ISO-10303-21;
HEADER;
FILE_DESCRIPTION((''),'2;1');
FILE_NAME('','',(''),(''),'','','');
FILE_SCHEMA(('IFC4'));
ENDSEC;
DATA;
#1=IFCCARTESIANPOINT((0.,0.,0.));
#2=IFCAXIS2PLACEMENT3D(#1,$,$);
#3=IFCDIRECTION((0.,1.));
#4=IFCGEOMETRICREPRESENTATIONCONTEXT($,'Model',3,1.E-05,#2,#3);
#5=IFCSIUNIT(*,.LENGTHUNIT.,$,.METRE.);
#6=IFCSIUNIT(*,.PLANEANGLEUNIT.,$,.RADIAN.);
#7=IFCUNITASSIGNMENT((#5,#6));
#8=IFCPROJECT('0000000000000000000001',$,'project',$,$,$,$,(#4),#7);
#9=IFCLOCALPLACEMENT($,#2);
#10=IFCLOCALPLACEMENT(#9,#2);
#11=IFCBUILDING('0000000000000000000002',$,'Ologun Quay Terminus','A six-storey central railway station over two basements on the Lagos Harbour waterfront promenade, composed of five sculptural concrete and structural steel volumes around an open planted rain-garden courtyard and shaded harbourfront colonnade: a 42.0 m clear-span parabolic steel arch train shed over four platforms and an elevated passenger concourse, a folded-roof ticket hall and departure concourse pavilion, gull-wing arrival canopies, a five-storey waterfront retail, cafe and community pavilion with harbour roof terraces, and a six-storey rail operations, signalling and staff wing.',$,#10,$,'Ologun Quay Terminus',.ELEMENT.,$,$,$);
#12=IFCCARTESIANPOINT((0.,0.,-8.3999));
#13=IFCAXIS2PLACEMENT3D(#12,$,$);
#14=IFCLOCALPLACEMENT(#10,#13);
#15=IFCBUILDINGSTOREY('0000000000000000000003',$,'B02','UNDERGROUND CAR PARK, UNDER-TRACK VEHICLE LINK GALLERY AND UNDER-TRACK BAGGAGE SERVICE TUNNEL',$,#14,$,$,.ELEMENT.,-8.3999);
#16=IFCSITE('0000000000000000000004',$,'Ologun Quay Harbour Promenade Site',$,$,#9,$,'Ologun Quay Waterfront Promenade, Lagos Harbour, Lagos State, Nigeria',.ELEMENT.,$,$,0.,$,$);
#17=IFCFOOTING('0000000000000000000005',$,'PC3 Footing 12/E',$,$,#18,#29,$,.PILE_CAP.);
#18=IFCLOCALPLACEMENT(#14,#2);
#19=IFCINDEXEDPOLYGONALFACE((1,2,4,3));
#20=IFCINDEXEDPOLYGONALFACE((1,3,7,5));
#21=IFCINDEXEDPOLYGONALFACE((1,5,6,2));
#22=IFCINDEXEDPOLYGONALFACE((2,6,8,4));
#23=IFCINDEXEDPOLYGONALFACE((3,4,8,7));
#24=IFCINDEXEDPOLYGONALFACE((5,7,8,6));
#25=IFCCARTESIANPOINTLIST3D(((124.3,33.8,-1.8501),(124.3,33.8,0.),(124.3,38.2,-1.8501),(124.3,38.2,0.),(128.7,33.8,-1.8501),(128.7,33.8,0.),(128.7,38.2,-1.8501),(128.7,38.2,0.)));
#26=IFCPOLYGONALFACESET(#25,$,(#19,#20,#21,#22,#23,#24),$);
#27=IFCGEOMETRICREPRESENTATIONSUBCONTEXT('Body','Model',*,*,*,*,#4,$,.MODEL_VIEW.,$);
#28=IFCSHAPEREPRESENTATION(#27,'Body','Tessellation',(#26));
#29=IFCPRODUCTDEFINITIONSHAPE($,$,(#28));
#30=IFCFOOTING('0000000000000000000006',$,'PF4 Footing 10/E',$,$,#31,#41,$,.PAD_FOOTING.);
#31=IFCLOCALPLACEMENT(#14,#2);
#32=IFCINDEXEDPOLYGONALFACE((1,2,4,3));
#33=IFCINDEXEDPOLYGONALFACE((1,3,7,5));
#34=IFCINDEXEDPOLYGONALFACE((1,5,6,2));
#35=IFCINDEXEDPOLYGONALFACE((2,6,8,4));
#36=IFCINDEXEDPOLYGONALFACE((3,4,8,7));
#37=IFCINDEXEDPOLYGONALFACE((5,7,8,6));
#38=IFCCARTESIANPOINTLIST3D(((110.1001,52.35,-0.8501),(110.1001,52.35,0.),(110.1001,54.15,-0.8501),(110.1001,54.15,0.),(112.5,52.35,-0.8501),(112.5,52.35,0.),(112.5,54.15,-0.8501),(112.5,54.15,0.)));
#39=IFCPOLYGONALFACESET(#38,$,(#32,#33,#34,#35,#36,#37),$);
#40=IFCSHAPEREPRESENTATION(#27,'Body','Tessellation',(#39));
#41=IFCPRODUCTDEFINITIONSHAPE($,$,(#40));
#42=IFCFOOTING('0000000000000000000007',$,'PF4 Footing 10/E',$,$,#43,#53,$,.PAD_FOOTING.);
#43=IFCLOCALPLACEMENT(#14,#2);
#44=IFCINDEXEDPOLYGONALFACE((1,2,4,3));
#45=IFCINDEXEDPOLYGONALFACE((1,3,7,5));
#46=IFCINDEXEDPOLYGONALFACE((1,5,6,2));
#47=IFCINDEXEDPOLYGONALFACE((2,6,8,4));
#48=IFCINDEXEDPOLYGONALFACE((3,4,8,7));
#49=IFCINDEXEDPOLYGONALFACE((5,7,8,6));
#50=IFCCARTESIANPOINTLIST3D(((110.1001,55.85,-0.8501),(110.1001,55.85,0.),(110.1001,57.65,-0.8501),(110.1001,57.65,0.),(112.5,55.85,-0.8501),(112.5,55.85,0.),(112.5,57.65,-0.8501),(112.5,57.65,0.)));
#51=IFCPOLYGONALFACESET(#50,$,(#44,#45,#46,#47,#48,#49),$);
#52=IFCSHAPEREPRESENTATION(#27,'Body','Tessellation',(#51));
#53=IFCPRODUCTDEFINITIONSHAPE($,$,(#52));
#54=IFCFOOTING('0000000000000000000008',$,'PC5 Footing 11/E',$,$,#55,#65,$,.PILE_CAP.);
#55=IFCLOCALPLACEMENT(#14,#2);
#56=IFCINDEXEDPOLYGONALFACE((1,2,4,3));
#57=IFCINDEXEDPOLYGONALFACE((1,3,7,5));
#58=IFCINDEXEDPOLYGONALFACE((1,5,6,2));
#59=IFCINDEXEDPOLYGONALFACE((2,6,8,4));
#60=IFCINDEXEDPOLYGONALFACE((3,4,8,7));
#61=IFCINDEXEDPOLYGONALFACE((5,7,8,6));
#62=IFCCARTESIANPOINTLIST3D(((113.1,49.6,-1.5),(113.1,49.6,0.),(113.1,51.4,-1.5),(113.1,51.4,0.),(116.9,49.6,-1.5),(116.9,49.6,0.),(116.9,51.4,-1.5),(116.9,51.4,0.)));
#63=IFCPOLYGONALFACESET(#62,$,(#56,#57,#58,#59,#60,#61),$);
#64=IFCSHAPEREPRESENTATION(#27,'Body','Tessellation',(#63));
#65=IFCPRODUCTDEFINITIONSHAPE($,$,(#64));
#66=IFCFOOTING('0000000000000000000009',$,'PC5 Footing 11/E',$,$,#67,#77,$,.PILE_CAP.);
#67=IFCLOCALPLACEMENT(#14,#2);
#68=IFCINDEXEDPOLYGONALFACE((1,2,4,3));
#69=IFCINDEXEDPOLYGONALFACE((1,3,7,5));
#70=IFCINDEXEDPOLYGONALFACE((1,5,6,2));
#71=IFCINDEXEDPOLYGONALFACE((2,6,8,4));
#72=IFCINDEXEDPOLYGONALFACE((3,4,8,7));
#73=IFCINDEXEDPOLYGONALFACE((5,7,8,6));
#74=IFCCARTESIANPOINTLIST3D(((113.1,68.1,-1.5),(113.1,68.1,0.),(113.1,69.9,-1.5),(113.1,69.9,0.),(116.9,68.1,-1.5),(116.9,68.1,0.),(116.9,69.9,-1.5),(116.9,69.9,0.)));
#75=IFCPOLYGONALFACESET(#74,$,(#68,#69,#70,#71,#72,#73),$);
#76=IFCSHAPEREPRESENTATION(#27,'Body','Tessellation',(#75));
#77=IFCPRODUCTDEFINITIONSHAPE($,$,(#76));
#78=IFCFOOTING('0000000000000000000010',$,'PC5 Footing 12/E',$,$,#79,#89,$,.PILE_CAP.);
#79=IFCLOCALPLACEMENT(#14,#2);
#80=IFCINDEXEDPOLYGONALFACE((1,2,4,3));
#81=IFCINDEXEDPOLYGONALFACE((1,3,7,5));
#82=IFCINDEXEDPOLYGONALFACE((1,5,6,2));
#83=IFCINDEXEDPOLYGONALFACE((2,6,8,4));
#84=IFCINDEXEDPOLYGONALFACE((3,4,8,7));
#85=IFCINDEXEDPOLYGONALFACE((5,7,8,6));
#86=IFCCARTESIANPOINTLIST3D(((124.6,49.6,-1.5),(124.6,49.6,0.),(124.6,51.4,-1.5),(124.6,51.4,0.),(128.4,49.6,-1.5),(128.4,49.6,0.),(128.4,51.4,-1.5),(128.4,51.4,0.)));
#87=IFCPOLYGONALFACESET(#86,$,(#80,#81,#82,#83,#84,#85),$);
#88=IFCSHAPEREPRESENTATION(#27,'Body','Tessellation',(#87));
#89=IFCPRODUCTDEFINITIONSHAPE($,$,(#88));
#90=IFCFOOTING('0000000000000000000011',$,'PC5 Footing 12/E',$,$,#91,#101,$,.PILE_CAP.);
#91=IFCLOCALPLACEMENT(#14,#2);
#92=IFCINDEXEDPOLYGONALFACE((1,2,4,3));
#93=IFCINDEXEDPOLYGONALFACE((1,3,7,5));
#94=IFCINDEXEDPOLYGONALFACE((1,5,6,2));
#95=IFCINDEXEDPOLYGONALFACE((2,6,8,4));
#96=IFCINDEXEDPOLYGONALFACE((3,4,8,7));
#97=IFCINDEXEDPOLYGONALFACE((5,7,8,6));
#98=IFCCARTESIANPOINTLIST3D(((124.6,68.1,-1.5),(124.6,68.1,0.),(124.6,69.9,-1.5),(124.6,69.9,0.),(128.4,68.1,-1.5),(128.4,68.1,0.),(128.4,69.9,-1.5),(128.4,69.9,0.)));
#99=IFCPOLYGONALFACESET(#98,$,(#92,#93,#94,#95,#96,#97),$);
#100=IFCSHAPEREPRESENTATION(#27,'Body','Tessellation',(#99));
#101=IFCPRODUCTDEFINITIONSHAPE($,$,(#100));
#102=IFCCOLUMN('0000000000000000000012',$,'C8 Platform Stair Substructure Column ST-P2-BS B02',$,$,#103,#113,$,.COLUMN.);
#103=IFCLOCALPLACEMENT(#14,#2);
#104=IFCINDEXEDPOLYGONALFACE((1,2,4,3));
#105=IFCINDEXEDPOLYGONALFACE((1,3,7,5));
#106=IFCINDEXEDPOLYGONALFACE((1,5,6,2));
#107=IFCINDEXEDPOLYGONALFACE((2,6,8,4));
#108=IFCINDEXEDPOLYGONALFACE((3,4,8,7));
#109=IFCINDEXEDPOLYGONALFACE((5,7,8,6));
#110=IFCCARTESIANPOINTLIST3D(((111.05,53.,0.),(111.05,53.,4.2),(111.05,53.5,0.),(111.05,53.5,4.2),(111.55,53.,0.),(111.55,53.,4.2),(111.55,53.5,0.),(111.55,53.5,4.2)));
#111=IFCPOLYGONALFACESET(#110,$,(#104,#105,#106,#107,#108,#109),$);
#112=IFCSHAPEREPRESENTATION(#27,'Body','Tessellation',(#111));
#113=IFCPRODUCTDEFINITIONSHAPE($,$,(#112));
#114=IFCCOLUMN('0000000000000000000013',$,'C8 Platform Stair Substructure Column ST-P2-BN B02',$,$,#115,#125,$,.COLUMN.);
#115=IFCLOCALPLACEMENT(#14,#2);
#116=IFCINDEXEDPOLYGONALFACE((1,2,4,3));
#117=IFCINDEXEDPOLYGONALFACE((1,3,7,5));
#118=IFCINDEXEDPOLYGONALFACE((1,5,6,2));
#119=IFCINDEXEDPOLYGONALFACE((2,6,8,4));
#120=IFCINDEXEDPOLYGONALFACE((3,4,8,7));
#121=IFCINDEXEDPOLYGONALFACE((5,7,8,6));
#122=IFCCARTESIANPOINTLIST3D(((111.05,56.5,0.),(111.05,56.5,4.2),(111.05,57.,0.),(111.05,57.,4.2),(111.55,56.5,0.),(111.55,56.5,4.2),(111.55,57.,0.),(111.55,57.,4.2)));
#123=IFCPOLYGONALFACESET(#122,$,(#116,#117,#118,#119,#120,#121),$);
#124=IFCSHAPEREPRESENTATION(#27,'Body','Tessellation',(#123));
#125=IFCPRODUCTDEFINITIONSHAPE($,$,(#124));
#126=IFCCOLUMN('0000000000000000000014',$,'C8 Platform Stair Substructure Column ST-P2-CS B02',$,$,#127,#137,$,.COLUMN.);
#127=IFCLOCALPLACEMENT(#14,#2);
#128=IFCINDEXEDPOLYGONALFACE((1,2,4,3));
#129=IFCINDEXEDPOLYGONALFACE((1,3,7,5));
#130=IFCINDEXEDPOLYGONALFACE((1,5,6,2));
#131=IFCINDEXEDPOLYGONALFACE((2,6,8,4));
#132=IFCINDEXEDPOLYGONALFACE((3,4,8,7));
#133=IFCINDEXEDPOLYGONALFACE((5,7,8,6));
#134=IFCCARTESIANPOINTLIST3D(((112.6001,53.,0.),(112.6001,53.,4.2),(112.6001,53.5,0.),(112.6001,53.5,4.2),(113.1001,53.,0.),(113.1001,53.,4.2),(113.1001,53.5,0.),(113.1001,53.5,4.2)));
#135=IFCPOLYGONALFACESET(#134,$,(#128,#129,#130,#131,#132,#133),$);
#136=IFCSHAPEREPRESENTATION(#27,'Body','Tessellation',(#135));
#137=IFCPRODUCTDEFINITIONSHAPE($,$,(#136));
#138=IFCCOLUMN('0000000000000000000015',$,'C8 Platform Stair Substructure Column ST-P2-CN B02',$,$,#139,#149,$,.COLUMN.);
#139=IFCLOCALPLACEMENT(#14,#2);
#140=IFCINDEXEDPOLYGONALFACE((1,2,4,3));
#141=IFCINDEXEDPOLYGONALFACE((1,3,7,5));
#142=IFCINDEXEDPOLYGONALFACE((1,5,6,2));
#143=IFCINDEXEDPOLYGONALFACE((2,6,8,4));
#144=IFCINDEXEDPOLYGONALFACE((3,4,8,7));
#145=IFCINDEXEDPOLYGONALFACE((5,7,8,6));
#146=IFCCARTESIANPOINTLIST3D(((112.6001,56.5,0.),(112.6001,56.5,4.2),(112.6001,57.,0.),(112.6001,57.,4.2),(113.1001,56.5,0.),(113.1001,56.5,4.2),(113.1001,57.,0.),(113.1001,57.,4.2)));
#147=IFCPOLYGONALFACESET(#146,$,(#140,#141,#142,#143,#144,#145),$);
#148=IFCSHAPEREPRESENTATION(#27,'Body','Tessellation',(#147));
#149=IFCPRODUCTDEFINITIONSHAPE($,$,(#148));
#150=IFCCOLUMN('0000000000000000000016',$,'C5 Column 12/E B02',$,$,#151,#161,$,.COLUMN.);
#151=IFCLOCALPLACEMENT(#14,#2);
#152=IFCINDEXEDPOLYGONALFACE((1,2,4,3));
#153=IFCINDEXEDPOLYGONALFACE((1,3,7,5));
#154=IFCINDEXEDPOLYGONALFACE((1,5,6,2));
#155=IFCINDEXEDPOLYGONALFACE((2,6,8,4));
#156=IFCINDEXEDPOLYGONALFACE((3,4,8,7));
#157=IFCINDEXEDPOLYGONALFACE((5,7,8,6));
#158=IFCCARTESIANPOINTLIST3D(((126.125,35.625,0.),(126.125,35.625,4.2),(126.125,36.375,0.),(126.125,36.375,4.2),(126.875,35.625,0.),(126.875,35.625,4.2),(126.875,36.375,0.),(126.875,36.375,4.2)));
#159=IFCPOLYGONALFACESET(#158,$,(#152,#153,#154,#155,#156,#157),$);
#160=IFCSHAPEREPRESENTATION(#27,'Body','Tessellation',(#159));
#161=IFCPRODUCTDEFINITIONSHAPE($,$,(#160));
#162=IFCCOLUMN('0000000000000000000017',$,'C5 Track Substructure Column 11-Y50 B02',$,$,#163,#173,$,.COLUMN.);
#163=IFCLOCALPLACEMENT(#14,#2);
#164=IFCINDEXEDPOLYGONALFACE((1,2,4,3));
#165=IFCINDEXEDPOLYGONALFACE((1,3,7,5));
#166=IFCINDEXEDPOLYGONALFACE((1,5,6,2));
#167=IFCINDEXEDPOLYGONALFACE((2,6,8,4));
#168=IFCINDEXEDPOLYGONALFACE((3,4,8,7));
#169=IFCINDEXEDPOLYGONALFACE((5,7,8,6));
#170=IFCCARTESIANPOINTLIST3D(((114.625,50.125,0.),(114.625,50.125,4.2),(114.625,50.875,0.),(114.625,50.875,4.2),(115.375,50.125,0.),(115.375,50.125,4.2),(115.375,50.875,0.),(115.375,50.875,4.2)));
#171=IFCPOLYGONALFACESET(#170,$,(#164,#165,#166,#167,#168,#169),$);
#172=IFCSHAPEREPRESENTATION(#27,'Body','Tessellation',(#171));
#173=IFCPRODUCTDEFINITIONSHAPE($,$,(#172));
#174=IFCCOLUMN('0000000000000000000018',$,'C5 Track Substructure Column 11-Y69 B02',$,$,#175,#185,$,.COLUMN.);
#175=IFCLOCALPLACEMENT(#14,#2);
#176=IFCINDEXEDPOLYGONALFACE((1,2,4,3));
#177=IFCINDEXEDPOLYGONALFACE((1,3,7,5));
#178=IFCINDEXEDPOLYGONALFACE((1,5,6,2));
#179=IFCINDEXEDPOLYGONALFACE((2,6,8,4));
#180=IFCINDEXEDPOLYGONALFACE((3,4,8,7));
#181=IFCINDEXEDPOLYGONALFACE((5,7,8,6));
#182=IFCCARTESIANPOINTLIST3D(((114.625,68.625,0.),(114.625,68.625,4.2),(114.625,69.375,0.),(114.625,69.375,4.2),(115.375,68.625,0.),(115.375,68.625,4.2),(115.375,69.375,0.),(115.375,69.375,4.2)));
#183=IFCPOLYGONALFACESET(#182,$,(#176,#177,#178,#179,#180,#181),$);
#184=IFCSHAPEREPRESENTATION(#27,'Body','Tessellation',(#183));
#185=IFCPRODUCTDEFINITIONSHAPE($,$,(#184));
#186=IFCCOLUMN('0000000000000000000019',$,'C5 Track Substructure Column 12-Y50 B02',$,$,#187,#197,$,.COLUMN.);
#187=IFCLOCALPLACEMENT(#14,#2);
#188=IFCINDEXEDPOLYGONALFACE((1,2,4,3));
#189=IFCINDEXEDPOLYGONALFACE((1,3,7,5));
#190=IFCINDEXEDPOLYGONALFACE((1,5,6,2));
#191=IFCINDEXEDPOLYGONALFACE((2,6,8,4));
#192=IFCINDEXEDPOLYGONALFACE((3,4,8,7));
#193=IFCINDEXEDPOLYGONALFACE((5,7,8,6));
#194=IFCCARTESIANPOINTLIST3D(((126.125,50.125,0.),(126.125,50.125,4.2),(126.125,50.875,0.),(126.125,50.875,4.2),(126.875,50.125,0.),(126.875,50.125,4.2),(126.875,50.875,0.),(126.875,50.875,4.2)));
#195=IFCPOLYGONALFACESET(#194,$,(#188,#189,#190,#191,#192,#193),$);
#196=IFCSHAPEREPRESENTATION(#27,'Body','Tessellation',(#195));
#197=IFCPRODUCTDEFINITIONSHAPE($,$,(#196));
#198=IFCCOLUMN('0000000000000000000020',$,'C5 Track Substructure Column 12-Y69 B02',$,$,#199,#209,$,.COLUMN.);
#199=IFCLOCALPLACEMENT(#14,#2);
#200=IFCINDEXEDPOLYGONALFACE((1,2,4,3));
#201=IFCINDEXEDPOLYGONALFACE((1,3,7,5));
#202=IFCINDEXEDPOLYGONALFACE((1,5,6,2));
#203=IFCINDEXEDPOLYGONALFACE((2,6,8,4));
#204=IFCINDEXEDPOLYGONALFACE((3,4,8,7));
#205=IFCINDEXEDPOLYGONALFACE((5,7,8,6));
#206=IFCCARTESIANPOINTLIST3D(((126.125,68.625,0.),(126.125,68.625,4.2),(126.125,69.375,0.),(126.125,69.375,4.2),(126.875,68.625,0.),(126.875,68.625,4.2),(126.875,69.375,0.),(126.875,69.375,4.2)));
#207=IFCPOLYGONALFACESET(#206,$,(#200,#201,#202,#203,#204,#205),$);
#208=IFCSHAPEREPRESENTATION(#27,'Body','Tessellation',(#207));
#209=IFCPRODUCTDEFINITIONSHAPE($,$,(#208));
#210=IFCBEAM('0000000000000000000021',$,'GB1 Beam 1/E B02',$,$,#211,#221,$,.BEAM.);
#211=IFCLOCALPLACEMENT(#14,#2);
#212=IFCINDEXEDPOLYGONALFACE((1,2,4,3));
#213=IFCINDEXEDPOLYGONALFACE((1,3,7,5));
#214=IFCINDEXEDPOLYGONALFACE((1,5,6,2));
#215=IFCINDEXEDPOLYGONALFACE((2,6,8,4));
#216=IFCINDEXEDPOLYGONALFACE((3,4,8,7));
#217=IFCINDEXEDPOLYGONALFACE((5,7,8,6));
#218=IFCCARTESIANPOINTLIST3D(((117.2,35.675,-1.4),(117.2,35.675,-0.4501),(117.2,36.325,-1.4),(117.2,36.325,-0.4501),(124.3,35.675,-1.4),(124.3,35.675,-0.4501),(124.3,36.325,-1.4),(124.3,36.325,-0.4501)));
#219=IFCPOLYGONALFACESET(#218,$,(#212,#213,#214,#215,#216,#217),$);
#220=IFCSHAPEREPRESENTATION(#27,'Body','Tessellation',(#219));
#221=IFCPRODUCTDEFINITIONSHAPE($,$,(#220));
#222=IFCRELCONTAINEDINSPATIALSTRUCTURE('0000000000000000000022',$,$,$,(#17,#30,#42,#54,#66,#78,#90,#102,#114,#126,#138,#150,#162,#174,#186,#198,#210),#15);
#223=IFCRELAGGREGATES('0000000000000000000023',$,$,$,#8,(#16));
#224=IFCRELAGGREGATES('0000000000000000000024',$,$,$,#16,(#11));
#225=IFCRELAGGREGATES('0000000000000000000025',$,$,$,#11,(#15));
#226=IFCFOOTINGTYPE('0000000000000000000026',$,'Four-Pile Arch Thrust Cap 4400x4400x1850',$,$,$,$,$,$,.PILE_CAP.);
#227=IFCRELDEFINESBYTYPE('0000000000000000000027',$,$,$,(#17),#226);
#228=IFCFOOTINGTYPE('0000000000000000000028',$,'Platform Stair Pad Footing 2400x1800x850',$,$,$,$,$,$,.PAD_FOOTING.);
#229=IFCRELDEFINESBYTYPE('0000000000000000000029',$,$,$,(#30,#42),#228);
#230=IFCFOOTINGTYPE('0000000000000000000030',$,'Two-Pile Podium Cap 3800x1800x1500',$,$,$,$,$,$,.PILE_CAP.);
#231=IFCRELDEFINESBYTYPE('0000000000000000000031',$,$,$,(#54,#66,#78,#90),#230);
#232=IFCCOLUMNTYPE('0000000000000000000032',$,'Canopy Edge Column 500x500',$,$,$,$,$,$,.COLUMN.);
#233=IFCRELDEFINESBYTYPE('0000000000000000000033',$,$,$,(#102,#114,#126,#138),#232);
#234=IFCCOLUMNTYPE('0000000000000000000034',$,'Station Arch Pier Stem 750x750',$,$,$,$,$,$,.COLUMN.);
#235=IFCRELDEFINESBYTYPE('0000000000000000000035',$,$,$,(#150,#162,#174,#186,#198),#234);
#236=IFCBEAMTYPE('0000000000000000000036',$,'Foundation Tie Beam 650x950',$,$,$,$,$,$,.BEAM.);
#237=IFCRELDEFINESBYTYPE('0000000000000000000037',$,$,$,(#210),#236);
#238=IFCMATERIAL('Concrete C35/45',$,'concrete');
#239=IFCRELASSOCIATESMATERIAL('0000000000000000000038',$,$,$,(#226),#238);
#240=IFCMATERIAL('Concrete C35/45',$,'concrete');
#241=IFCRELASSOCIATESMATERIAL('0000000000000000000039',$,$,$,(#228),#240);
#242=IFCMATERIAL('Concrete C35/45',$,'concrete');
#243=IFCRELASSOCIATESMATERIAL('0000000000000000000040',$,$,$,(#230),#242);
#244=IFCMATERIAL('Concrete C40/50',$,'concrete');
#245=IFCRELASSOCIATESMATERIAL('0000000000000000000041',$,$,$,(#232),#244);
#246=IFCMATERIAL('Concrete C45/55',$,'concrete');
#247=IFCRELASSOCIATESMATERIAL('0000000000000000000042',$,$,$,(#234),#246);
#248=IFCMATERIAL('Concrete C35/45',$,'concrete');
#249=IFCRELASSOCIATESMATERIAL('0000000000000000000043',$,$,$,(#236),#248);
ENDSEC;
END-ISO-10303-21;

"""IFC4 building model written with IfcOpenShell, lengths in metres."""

from ifc_helpers import new_model, si_unit, direction, frame, origin, origin_2d, place, context, subcontext, project, spatial, rectangle, extrude, material, material_profile, profile_set, type_object, element, save


model = new_model("IFC4")

# Units and contexts
model_context = context("Model", 3, precision=1e-05, world=origin(), true_north=direction((0.0, 1.0)))
body_context = subcontext(model_context, "Body", "Model", "MODEL_VIEW")
ifc_project = project(units=[si_unit("LENGTHUNIT", "METRE"), si_unit("PLANEANGLEUNIT", "RADIAN")], contexts=[model_context])

# Site, building, storey
site_placement = place(None, origin())
site = spatial("IfcSite", under=ifc_project, at=site_placement, Name="Ologun Quay Harbour Promenade Site", LongName="Ologun Quay Waterfront Promenade, Lagos Harbour, Lagos State, Nigeria", CompositionType="ELEMENT", RefElevation=0.0)
building_placement = place(site_placement, origin())
building = spatial("IfcBuilding", under=site, at=building_placement, Name="Ologun Quay Terminus", Description="A six-storey central railway station over two basements on the Lagos Harbour waterfront promenade, composed of five sculptural concrete and structural steel volumes around an open planted rain-garden courtyard and shaded harbourfront colonnade: a 42.0 m clear-span parabolic steel arch train shed over four platforms and an elevated passenger concourse, a folded-roof ticket hall and departure concourse pavilion, gull-wing arrival canopies, a five-storey waterfront retail, cafe and community pavilion with harbour roof terraces, and a six-storey rail operations, signalling and staff wing.", LongName="Ologun Quay Terminus", CompositionType="ELEMENT")
storey_placement = place(building_placement, frame((0.0, 0.0, -8.3999)))
storey = spatial("IfcBuildingStorey", under=building, at=storey_placement, Name="B02", Description="UNDERGROUND CAR PARK, UNDER-TRACK VEHICLE LINK GALLERY AND UNDER-TRACK BAGGAGE SERVICE TUNNEL", CompositionType="ELEMENT", Elevation=-8.3999)

# Footings
ifc_material_1 = material(Name="Concrete C35/45", Category="concrete")
footing_type_1 = type_object("IfcFootingType", Name="Four-Pile Arch Thrust Cap 4400x4400x1850", PredefinedType="PILE_CAP", material=ifc_material_1)
footing_placement = place(storey_placement, frame((126.5, 36.0, -1.8501), z_axis=(0.0, 0.0, 1.0), x_axis=(1.0, 0.0, 0.0)))
element("IfcFooting", 1, at=footing_placement, inside=storey, type_object=footing_type_1, Name="PC3 Footing 12/E", PredefinedType="PILE_CAP", context=body_context, shape_type="SweptSolid", body=[
    extrude(rectangle(XDim=4.3999, YDim=4.3999, at=origin_2d()), origin(), (0.0, 0.0, 1.0), 1.8501),
])
ifc_material_2 = material(Name="Concrete C35/45", Category="concrete")
footing_type_2 = type_object("IfcFootingType", Name="Platform Stair Pad Footing 2400x1800x850", PredefinedType="PAD_FOOTING", material=ifc_material_2)
for number, where, z_axis, x_axis, name in (
    (2, (111.3, 53.25, -0.8501), (0.0, 0.0, 1.0), (1.0, 0.0, 0.0), "PF4 Footing 10/E"),
    (3, (111.3, 56.75, -0.8501), (0.0, 0.0, 1.0), (1.0, 0.0, 0.0), "PF4 Footing 10/E"),
):
    element("IfcFooting", number, at=place(storey_placement, frame(where, z_axis=z_axis, x_axis=x_axis)), inside=storey, type_object=footing_type_2, Name=name, PredefinedType="PAD_FOOTING", context=body_context, shape_type="SweptSolid", body=[
        extrude(rectangle(XDim=2.3999, YDim=1.8, at=origin_2d()), origin(), (0.0, 0.0, 1.0), 0.8501),
    ])
ifc_material_3 = material(Name="Concrete C35/45", Category="concrete")
footing_type_3 = type_object("IfcFootingType", Name="Two-Pile Podium Cap 3800x1800x1500", PredefinedType="PILE_CAP", material=ifc_material_3)
for number, where, z_axis, x_axis, name in (
    (4, (115.0, 50.5, -1.5), (0.0, 0.0, 1.0), (1.0, 0.0, 0.0), "PC5 Footing 11/E"),
    (5, (115.0, 69.0, -1.5), (0.0, 0.0, 1.0), (1.0, 0.0, 0.0), "PC5 Footing 11/E"),
    (6, (126.5, 50.5, -1.5), (0.0, 0.0, 1.0), (1.0, 0.0, 0.0), "PC5 Footing 12/E"),
    (7, (126.5, 69.0, -1.5), (0.0, 0.0, 1.0), (1.0, 0.0, 0.0), "PC5 Footing 12/E"),
):
    element("IfcFooting", number, at=place(storey_placement, frame(where, z_axis=z_axis, x_axis=x_axis)), inside=storey, type_object=footing_type_3, Name=name, PredefinedType="PILE_CAP", context=body_context, shape_type="SweptSolid", body=[
        extrude(rectangle(XDim=3.8, YDim=1.8, at=origin_2d()), origin(), (0.0, 0.0, 1.0), 1.5),
    ])

# Columns
ifc_material_4 = material(Name="Concrete C40/50", Category="concrete")
ifc_material_profile_1 = material_profile(ifc_material_4, rectangle(XDim=0.5, YDim=0.5, at=origin_2d()), Name="RC 500x500")
ifc_profile_set_1 = profile_set([ifc_material_profile_1], Name="Concrete C40/50")
column_type_1 = type_object("IfcColumnType", Name="Canopy Edge Column 500x500", PredefinedType="COLUMN", material=ifc_profile_set_1)
for number, where, z_axis, x_axis, name in (
    (8, (111.3, 53.25, 0.0), (0.0, 0.0, 1.0), (1.0, 0.0, 0.0), "C8 Platform Stair Substructure Column ST-P2-BS B02"),
    (9, (111.3, 56.75, 0.0), (0.0, 0.0, 1.0), (1.0, 0.0, 0.0), "C8 Platform Stair Substructure Column ST-P2-BN B02"),
    (10, (112.8501, 53.25, 0.0), (0.0, 0.0, 1.0), (1.0, 0.0, 0.0), "C8 Platform Stair Substructure Column ST-P2-CS B02"),
    (11, (112.8501, 56.75, 0.0), (0.0, 0.0, 1.0), (1.0, 0.0, 0.0), "C8 Platform Stair Substructure Column ST-P2-CN B02"),
):
    element("IfcColumn", number, at=place(storey_placement, frame(where, z_axis=z_axis, x_axis=x_axis)), inside=storey, type_object=column_type_1, Name=name, PredefinedType="COLUMN", context=body_context, shape_type="SweptSolid", body=[
        extrude(rectangle(XDim=0.5, YDim=0.5, at=origin_2d()), origin(), (0.0, 0.0, 1.0), 4.2),
    ])
ifc_material_5 = material(Name="Concrete C45/55", Category="concrete")
ifc_material_profile_2 = material_profile(ifc_material_5, rectangle(XDim=0.75, YDim=0.75, at=origin_2d()), Name="RC 750x750")
ifc_profile_set_2 = profile_set([ifc_material_profile_2], Name="Concrete C45/55")
column_type_2 = type_object("IfcColumnType", Name="Station Arch Pier Stem 750x750", PredefinedType="COLUMN", material=ifc_profile_set_2)
for number, where, z_axis, x_axis, name in (
    (12, (126.5, 36.0, 0.0), (0.0, 0.0, 1.0), (1.0, 0.0, 0.0), "C5 Column 12/E B02"),
    (13, (115.0, 50.5, 0.0), (0.0, 0.0, 1.0), (1.0, 0.0, 0.0), "C5 Track Substructure Column 11-Y50 B02"),
    (14, (115.0, 69.0, 0.0), (0.0, 0.0, 1.0), (1.0, 0.0, 0.0), "C5 Track Substructure Column 11-Y69 B02"),
    (15, (126.5, 50.5, 0.0), (0.0, 0.0, 1.0), (1.0, 0.0, 0.0), "C5 Track Substructure Column 12-Y50 B02"),
    (16, (126.5, 69.0, 0.0), (0.0, 0.0, 1.0), (1.0, 0.0, 0.0), "C5 Track Substructure Column 12-Y69 B02"),
):
    element("IfcColumn", number, at=place(storey_placement, frame(where, z_axis=z_axis, x_axis=x_axis)), inside=storey, type_object=column_type_2, Name=name, PredefinedType="COLUMN", context=body_context, shape_type="SweptSolid", body=[
        extrude(rectangle(XDim=0.75, YDim=0.75, at=origin_2d()), origin(), (0.0, 0.0, 1.0), 4.2),
    ])

# Beam
ifc_material_6 = material(Name="Concrete C35/45", Category="concrete")
ifc_material_profile_3 = material_profile(ifc_material_6, rectangle(XDim=0.6499, YDim=0.95, at=origin_2d()), Name="RC 650x950")
ifc_profile_set_3 = profile_set([ifc_material_profile_3], Name="Concrete C35/45")
beam_type_1 = type_object("IfcBeamType", Name="Foundation Tie Beam 650x950", PredefinedType="BEAM", material=ifc_profile_set_3)
for number, where, z_axis, x_axis, name in (
    (17, (117.2, 36.0, -0.925), (1.0, 0.0, 0.0), (0.0, 1.0, 0.0), "GB1 Beam 1/E B02"),
):
    element("IfcBeam", number, at=place(storey_placement, frame(where, z_axis=z_axis, x_axis=x_axis)), inside=storey, type_object=beam_type_1, Name=name, PredefinedType="BEAM", context=body_context, shape_type="SweptSolid", body=[
        extrude(rectangle(XDim=0.6499, YDim=0.95, at=origin_2d()), origin(), (0.0, 0.0, 1.0), 7.1001),
    ])

save(model, "model.ifc")
